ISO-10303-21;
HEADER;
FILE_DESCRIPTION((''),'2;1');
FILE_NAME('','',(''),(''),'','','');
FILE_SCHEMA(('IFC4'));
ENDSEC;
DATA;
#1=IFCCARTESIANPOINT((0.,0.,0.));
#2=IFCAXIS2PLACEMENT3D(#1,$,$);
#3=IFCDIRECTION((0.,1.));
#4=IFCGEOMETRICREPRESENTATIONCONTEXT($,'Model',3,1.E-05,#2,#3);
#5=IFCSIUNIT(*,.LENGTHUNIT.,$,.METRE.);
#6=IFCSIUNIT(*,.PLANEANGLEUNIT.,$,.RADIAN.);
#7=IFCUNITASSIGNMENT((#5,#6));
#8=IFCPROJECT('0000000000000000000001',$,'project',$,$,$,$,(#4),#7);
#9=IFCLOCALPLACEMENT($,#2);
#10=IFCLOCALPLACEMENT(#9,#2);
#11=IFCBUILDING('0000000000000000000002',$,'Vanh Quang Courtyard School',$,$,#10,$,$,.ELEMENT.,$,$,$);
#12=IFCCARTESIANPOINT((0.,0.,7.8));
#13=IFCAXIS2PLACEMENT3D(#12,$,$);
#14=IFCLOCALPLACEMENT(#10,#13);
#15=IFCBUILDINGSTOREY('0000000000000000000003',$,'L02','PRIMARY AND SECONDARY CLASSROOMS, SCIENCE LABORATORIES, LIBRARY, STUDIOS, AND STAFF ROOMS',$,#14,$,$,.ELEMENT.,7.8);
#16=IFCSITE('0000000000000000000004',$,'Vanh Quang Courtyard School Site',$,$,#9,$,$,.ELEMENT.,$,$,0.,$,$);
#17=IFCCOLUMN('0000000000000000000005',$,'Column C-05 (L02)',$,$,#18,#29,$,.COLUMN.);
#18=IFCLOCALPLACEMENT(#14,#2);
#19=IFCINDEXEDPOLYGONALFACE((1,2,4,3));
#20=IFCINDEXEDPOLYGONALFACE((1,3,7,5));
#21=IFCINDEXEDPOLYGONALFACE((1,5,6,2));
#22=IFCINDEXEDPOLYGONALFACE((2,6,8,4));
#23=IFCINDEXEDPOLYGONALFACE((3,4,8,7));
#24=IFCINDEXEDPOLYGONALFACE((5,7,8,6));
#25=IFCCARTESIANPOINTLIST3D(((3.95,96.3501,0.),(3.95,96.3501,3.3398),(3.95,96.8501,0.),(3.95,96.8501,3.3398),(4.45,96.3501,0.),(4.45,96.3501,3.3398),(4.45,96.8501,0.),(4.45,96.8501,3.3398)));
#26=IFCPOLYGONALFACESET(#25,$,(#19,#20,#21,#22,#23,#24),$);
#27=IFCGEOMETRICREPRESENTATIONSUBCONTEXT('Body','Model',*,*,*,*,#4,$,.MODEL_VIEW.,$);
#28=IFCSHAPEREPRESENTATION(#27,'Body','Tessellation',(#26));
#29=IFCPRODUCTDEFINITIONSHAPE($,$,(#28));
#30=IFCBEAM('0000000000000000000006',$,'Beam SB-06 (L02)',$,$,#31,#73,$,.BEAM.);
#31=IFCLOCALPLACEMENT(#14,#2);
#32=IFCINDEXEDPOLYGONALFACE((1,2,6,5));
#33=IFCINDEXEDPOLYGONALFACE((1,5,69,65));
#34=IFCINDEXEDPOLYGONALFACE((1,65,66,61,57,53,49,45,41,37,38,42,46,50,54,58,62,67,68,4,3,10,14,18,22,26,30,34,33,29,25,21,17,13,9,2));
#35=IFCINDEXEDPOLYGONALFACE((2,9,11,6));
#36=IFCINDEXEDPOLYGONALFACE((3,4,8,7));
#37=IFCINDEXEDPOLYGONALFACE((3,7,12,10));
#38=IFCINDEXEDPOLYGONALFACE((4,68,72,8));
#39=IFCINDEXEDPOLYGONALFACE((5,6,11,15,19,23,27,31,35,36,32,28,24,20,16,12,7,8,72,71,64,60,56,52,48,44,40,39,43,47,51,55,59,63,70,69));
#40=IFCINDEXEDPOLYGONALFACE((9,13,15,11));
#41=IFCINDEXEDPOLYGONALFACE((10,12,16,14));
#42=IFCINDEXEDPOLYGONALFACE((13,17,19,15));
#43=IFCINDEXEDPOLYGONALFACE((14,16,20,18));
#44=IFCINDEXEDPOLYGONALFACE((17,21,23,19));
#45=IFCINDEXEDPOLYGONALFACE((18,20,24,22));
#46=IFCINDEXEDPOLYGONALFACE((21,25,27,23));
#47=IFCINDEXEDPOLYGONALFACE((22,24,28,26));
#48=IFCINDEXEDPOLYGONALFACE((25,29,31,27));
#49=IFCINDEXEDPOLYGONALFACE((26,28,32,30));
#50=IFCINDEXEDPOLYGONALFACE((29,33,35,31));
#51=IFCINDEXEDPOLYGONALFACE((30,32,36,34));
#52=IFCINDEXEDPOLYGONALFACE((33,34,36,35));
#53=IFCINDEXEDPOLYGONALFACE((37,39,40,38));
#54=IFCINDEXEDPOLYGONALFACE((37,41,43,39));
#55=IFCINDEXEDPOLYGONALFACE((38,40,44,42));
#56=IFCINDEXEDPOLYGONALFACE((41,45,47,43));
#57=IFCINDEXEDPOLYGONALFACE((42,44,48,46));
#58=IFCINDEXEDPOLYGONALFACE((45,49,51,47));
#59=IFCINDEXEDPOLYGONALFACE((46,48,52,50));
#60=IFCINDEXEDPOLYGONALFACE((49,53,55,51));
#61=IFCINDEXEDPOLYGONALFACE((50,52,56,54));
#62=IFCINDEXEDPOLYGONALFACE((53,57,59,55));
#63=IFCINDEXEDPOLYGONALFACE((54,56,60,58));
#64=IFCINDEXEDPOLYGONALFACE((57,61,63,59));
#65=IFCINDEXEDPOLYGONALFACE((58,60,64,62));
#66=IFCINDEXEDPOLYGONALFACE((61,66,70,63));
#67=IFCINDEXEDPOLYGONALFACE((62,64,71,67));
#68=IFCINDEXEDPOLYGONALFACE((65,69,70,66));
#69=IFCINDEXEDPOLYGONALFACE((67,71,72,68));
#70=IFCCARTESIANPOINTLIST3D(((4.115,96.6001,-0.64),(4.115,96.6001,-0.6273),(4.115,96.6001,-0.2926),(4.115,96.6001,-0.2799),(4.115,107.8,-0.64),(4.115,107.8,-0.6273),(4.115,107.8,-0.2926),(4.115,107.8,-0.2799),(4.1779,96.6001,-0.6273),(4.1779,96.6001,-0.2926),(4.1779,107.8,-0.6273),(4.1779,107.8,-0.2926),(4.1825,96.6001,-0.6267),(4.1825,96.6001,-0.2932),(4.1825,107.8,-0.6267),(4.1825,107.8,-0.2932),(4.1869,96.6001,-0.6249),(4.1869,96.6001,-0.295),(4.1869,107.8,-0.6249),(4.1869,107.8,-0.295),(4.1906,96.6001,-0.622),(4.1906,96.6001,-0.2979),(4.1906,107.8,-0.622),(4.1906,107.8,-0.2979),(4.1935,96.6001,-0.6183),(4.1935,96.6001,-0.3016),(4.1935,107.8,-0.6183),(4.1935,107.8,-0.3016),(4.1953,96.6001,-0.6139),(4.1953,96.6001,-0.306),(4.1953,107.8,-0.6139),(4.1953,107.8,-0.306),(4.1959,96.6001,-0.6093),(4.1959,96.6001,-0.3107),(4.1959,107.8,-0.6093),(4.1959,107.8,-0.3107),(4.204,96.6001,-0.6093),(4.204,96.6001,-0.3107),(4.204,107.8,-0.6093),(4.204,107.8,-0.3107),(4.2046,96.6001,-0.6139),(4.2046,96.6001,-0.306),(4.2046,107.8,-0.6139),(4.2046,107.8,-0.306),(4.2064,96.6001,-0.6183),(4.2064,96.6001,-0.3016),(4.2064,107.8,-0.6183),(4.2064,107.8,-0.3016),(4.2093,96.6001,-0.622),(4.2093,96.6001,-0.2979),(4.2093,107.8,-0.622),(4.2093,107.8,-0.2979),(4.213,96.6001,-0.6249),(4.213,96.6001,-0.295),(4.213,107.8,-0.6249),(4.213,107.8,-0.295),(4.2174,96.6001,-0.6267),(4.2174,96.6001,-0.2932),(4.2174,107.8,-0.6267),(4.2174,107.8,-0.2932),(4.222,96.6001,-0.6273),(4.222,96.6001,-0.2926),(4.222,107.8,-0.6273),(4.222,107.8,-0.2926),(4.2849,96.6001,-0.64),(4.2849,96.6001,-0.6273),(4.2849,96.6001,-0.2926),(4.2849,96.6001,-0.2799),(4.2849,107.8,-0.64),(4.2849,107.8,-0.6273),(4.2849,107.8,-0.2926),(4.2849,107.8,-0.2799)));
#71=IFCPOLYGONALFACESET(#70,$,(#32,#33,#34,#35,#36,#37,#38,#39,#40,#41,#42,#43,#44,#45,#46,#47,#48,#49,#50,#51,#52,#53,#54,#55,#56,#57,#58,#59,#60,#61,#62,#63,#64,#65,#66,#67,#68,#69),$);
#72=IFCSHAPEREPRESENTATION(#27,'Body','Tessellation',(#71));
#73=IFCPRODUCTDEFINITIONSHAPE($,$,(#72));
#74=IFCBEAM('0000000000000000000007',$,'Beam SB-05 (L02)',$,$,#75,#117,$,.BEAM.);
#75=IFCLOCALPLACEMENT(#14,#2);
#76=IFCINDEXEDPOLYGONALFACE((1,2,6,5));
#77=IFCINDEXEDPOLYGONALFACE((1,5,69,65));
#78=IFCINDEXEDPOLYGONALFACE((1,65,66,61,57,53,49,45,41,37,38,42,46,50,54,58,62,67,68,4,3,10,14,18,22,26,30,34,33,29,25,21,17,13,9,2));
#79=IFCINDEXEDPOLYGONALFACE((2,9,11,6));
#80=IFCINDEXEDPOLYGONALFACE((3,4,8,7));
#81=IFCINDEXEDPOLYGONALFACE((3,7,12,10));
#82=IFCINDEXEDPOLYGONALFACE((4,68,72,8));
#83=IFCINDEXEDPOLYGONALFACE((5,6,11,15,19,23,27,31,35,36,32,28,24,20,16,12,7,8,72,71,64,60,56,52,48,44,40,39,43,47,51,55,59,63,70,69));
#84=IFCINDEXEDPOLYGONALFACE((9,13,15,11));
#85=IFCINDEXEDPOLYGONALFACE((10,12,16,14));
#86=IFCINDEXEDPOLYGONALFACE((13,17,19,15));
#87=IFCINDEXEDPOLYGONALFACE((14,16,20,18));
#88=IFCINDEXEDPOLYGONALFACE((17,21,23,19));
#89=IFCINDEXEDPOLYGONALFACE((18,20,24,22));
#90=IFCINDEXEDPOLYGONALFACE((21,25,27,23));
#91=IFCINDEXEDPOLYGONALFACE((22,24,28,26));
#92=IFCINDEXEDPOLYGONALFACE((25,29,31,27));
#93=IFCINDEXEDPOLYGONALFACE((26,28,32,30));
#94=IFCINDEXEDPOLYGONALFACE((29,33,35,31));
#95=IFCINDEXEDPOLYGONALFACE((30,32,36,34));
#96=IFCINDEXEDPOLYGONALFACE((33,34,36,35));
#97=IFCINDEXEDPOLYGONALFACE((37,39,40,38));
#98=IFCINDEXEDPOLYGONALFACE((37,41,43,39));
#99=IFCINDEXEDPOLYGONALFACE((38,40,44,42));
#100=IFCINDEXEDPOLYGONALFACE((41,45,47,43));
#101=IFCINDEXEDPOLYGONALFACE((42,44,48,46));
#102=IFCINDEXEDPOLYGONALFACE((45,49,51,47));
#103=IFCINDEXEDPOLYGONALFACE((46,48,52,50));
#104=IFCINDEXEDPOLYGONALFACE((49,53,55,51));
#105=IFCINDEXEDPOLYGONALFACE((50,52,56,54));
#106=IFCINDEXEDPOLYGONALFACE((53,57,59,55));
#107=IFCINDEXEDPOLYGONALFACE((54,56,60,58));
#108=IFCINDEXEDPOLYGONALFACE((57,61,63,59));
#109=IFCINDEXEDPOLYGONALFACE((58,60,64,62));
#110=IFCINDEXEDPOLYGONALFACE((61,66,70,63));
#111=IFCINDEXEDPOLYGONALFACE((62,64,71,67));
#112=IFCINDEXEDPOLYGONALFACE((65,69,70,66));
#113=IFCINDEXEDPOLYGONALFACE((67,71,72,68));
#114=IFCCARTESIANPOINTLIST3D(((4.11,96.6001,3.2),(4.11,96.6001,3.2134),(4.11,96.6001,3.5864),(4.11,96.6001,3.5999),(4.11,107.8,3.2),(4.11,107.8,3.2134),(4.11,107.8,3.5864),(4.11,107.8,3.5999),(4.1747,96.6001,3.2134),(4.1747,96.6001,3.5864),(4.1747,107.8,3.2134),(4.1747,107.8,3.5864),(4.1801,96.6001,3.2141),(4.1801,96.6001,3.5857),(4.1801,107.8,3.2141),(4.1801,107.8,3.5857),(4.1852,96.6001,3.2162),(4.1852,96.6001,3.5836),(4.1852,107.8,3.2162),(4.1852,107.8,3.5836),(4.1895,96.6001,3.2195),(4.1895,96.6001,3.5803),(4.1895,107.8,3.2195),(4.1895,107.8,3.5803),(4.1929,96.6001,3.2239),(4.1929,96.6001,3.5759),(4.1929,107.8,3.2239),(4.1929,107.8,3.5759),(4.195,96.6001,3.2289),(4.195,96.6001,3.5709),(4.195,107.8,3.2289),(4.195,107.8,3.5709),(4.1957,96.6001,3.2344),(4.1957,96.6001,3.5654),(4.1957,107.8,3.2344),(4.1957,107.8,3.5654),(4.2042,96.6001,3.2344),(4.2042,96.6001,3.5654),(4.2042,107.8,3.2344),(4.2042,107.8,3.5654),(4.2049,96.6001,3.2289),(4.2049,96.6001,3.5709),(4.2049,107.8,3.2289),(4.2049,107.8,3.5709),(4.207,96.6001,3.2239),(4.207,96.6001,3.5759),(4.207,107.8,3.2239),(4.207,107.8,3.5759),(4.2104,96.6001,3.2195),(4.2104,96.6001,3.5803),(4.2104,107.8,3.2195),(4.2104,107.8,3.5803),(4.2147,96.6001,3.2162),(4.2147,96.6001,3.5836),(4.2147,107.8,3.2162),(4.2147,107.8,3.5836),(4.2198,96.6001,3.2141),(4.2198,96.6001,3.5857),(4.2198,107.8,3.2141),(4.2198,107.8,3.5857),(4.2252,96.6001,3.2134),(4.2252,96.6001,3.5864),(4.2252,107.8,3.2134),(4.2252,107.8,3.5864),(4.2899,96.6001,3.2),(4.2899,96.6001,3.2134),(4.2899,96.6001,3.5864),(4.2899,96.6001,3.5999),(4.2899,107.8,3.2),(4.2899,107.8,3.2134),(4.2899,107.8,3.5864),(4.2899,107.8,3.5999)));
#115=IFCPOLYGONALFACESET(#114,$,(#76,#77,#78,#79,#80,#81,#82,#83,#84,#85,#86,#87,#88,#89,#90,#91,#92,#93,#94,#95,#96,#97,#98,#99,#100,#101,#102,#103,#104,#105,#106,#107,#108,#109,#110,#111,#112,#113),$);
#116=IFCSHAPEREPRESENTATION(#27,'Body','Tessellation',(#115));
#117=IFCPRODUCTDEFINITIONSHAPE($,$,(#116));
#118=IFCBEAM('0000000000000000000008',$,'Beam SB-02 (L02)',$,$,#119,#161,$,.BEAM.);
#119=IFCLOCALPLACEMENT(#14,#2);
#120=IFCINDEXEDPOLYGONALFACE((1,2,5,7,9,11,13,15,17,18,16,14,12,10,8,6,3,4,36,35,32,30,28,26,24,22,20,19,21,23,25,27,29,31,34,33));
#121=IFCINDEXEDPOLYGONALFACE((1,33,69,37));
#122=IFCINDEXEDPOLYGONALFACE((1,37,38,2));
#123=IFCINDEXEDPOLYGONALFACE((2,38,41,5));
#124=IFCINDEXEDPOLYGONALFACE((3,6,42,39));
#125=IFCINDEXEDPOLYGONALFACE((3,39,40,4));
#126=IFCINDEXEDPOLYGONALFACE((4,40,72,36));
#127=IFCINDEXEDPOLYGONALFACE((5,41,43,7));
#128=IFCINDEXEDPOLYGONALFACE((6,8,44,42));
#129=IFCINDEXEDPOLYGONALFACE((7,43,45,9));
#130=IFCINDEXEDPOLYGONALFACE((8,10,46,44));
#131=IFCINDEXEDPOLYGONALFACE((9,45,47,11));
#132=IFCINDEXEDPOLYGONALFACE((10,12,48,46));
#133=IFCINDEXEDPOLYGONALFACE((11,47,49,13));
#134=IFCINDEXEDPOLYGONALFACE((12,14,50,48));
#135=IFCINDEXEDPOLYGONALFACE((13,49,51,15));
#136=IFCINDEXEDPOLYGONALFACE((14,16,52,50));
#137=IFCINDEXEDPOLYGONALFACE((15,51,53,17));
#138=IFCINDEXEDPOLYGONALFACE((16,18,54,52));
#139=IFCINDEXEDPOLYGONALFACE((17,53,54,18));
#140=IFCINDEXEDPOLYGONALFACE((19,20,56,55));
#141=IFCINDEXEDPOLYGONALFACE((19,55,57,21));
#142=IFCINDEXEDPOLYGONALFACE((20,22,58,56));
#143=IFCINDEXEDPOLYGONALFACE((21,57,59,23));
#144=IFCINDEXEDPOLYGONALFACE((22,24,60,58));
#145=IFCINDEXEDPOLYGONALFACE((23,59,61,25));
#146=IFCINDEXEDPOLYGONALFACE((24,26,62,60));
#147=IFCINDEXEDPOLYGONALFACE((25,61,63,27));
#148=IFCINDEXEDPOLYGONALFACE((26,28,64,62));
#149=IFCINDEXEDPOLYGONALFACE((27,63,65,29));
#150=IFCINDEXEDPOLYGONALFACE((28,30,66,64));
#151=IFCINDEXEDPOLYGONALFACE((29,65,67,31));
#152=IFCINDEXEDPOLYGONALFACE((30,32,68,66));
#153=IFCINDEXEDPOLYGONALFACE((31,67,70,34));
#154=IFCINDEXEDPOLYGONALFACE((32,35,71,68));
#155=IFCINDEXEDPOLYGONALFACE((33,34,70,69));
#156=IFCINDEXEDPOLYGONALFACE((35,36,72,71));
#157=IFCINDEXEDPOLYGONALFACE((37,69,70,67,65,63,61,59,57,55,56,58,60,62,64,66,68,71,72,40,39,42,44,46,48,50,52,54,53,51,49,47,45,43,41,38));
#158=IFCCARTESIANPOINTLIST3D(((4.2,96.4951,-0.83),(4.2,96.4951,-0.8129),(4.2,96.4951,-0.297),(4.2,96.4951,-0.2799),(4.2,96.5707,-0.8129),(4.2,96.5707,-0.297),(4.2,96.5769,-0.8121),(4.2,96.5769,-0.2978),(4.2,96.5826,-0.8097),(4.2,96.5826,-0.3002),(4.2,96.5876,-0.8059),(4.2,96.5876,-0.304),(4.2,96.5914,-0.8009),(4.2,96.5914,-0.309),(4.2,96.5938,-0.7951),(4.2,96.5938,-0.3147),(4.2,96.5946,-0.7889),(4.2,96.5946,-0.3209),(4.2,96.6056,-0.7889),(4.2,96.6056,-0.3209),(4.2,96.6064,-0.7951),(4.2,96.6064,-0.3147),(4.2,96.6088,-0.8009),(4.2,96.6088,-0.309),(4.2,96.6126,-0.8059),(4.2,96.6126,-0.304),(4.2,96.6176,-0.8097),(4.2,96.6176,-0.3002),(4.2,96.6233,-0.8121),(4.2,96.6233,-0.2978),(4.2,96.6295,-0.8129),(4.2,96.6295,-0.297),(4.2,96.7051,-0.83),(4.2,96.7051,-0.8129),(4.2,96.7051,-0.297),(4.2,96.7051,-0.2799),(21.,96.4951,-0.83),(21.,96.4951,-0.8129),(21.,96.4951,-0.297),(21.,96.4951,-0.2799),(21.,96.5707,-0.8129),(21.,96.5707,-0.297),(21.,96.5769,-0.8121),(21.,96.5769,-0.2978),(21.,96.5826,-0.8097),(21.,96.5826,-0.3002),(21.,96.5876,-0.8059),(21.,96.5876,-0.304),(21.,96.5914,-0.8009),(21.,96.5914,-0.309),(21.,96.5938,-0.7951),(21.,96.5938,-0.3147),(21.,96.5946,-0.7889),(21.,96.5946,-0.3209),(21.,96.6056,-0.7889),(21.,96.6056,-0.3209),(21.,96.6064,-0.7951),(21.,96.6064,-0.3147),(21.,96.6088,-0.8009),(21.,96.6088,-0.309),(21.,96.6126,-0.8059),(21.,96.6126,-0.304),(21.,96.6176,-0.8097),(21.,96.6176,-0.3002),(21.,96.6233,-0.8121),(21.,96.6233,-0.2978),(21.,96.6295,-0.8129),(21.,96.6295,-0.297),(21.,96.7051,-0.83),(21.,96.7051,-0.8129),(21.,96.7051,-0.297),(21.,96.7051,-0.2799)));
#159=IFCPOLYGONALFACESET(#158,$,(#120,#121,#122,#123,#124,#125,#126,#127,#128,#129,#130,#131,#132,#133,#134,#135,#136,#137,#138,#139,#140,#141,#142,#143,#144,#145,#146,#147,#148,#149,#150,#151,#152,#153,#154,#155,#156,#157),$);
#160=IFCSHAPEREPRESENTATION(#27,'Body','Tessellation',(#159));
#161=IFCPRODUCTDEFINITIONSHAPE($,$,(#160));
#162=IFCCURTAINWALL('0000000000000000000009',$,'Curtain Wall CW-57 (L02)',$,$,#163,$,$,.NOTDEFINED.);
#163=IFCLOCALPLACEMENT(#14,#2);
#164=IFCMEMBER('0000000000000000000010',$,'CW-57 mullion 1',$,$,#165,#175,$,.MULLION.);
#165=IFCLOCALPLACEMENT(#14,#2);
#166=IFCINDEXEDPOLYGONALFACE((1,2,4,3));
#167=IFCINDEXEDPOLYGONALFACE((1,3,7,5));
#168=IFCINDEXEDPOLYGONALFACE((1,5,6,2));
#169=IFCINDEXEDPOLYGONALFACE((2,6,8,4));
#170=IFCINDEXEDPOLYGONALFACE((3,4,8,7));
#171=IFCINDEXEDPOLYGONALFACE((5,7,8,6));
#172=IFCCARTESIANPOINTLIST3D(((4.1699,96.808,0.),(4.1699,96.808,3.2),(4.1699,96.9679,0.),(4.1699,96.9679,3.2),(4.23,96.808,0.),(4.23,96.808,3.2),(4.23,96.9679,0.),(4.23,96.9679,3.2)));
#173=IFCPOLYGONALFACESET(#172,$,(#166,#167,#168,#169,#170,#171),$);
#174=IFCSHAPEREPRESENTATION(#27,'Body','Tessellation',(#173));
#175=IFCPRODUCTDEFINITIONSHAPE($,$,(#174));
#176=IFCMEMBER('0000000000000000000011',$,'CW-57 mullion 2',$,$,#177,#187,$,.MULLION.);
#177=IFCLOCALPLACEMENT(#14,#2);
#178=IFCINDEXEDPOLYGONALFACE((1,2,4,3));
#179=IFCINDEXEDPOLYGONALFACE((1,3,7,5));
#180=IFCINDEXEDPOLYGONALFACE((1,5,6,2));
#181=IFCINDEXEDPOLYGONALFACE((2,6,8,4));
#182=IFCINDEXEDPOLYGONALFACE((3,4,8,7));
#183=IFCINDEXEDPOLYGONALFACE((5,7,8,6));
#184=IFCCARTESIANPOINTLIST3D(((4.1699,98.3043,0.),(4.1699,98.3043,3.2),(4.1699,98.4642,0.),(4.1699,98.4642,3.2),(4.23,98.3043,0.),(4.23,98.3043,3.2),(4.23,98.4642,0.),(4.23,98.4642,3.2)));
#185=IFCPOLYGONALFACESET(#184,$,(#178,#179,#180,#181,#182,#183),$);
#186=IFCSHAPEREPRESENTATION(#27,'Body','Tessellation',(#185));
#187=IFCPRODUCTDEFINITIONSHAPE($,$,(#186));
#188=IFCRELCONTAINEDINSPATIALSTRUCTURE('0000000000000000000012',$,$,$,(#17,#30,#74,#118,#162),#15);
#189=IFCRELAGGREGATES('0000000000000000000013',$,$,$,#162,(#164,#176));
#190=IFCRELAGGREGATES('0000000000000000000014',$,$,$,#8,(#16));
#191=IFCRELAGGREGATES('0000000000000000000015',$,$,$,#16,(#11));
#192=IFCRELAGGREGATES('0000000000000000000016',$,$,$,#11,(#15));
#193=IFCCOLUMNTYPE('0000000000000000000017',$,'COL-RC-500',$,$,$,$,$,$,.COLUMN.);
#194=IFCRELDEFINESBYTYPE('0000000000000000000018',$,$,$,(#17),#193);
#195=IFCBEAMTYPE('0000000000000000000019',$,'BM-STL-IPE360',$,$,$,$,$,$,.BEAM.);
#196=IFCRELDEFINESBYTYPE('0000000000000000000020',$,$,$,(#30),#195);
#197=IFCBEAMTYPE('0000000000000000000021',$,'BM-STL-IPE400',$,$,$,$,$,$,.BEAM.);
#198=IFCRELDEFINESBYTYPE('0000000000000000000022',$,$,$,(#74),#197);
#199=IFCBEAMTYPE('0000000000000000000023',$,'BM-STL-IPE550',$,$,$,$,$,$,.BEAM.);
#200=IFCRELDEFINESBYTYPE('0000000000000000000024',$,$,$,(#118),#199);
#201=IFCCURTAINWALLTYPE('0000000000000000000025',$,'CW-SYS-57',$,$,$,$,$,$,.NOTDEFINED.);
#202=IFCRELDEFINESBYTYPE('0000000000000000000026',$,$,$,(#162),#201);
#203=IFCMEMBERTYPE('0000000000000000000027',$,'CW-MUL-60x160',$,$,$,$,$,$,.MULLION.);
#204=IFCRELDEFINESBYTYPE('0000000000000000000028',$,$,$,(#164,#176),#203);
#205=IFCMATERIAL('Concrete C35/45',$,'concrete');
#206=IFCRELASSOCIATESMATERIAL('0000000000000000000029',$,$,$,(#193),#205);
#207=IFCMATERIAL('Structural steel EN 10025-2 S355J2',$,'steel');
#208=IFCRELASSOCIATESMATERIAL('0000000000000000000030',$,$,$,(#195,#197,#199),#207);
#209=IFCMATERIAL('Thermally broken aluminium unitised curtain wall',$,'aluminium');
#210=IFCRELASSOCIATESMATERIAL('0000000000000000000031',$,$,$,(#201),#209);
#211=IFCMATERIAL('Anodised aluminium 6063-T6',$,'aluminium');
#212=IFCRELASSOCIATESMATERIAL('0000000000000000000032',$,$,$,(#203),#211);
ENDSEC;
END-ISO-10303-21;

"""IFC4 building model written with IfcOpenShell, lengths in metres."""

from ifc_helpers import new_model, si_unit, direction, frame, origin, origin_2d, place, context, subcontext, project, spatial, rectangle, i_section, extrude, material, material_profile, profile_set, type_object, element, aggregate, save


model = new_model("IFC4")

# Units and contexts
model_context = context("Model", 3, precision=1e-05, world=origin(), true_north=direction((0.0, 1.0)))
body_context = subcontext(model_context, "Body", "Model", "MODEL_VIEW")
ifc_project = project(units=[si_unit("LENGTHUNIT", "METRE"), si_unit("PLANEANGLEUNIT", "RADIAN")], contexts=[model_context])

# Site, building, storey
site_placement = place(None, origin())
site = spatial("IfcSite", under=ifc_project, at=site_placement, Name="Vanh Quang Courtyard School Site", CompositionType="ELEMENT", RefElevation=0.0)
building_placement = place(site_placement, origin())
building = spatial("IfcBuilding", under=site, at=building_placement, Name="Vanh Quang Courtyard School", CompositionType="ELEMENT")
storey_placement = place(building_placement, frame((0.0, 0.0, 7.8)))
storey = spatial("IfcBuildingStorey", under=building, at=storey_placement, Name="L02", Description="PRIMARY AND SECONDARY CLASSROOMS, SCIENCE LABORATORIES, LIBRARY, STUDIOS, AND STAFF ROOMS", CompositionType="ELEMENT", Elevation=7.8)

# Column
ifc_material_1 = material(Name="Concrete C35/45", Category="concrete")
ifc_material_profile_1 = material_profile(ifc_material_1, rectangle(XDim=0.5, YDim=0.5, at=origin_2d()), Name="RC-COL 500x500")
ifc_profile_set_1 = profile_set([ifc_material_profile_1], Name="Concrete C35/45")
column_type = type_object("IfcColumnType", Name="COL-RC-500", PredefinedType="COLUMN", material=ifc_profile_set_1)
column_placement = place(storey_placement, frame((4.2, 96.6001, 0.0), z_axis=(0.0, 0.0, 1.0), x_axis=(1.0, 0.0, 0.0)))
element("IfcColumn", 1, at=column_placement, inside=storey, type_object=column_type, Name="Column C-05 (L02)", PredefinedType="COLUMN", context=body_context, shape_type="SweptSolid", body=[
    extrude(rectangle(XDim=0.5, YDim=0.5, at=origin_2d()), origin(), (0.0, 0.0, 1.0), 3.3398),
])

# Beams
ifc_material_2 = material(Name="Structural steel EN 10025-2 S355J2", Category="steel")
ifc_material_profile_2 = material_profile(ifc_material_2, i_section(OverallWidth=0.1699, OverallDepth=0.3601, WebThickness=0.0081, FlangeThickness=0.0127, FilletRadius=0.0181, at=origin_2d()), Name="IPE 360")
ifc_profile_set_2 = profile_set([ifc_material_profile_2], Name="Structural steel EN 10025-2 S355J2")
beam_type_1 = type_object("IfcBeamType", Name="BM-STL-IPE360", PredefinedType="BEAM", material=ifc_profile_set_2)
beam_1_placement = place(storey_placement, frame((4.2, 96.6001, -0.46), z_axis=(0.0, 1.0, 0.0), x_axis=(-1.0, 0.0, 0.0)))
element("IfcBeam", 2, at=beam_1_placement, inside=storey, type_object=beam_type_1, Name="Beam SB-06 (L02)", PredefinedType="BEAM", context=body_context, shape_type="SweptSolid", body=[
    extrude(i_section(OverallWidth=0.1699, OverallDepth=0.3601, WebThickness=0.0081, FlangeThickness=0.0127, FilletRadius=0.0181, at=origin_2d()), origin(), (0.0, 0.0, 1.0), 11.2),
])
ifc_material_profile_3 = material_profile(ifc_material_2, i_section(OverallWidth=0.1799, OverallDepth=0.3999, WebThickness=0.0085, FlangeThickness=0.0134, FilletRadius=0.021, at=origin_2d()), Name="IPE 400")
ifc_profile_set_3 = profile_set([ifc_material_profile_3], Name="Structural steel EN 10025-2 S355J2")
beam_type_2 = type_object("IfcBeamType", Name="BM-STL-IPE400", PredefinedType="BEAM", material=ifc_profile_set_3)
beam_2_placement = place(storey_placement, frame((4.2, 96.6001, 3.3999), z_axis=(0.0, 1.0, 0.0), x_axis=(-1.0, 0.0, 0.0)))
element("IfcBeam", 3, at=beam_2_placement, inside=storey, type_object=beam_type_2, Name="Beam SB-05 (L02)", PredefinedType="BEAM", context=body_context, shape_type="SweptSolid", body=[
    extrude(i_section(OverallWidth=0.1799, OverallDepth=0.3999, WebThickness=0.0085, FlangeThickness=0.0134, FilletRadius=0.021, at=origin_2d()), origin(), (0.0, 0.0, 1.0), 11.2),
])
ifc_material_profile_4 = material_profile(ifc_material_2, i_section(OverallWidth=0.21, OverallDepth=0.55, WebThickness=0.011, FlangeThickness=0.0171, FilletRadius=0.0239, at=origin_2d()), Name="IPE 550")
ifc_profile_set_4 = profile_set([ifc_material_profile_4], Name="Structural steel EN 10025-2 S355J2")
beam_type_3 = type_object("IfcBeamType", Name="BM-STL-IPE550", PredefinedType="BEAM", material=ifc_profile_set_4)
beam_3_placement = place(storey_placement, frame((4.2, 96.6001, -0.5549), z_axis=(1.0, 0.0, 0.0), x_axis=(0.0, 1.0, 0.0)))
element("IfcBeam", 4, at=beam_3_placement, inside=storey, type_object=beam_type_3, Name="Beam SB-02 (L02)", PredefinedType="BEAM", context=body_context, shape_type="SweptSolid", body=[
    extrude(i_section(OverallWidth=0.21, OverallDepth=0.55, WebThickness=0.011, FlangeThickness=0.0171, FilletRadius=0.0239, at=origin_2d()), origin(), (0.0, 0.0, 1.0), 16.8),
])

# Curtain wall, members
ifc_material_3 = material(Name="Thermally broken aluminium unitised curtain wall", Category="aluminium")
curtain_wall_type = type_object("IfcCurtainWallType", Name="CW-SYS-57", PredefinedType="NOTDEFINED", material=ifc_material_3)
curtain_wall_placement = place(storey_placement, origin())
curtain_wall = element("IfcCurtainWall", 5, at=curtain_wall_placement, inside=storey, type_object=curtain_wall_type, Name="Curtain Wall CW-57 (L02)", PredefinedType="NOTDEFINED")
ifc_material_4 = material(Name="Anodised aluminium 6063-T6", Category="aluminium")
ifc_material_profile_5 = material_profile(ifc_material_4, rectangle(XDim=0.0601, YDim=0.1599, at=origin_2d()), Name="ALU-MUL 60x160")
ifc_profile_set_5 = profile_set([ifc_material_profile_5], Name="Anodised aluminium 6063-T6")
member_type_1 = type_object("IfcMemberType", Name="CW-MUL-60x160", PredefinedType="MULLION", material=ifc_profile_set_5)
member_1_placement = place(storey_placement, frame((4.2, 96.8879, 0.0), z_axis=(0.0, 0.0, 1.0), x_axis=(-1.0, 0.0, 0.0)))
member_1 = element("IfcMember", 6, at=member_1_placement, type_object=member_type_1, Name="CW-57 mullion 1", PredefinedType="MULLION", context=body_context, shape_type="SweptSolid", body=[
    extrude(rectangle(XDim=0.0601, YDim=0.1599, at=origin_2d()), origin(), (0.0, 0.0, 1.0), 3.2),
])
member_2_placement = place(storey_placement, frame((4.2, 98.3843, 0.0), z_axis=(0.0, 0.0, 1.0), x_axis=(-1.0, 0.0, 0.0)))
member_2 = element("IfcMember", 7, at=member_2_placement, type_object=member_type_1, Name="CW-57 mullion 2", PredefinedType="MULLION", context=body_context, shape_type="SweptSolid", body=[
    extrude(rectangle(XDim=0.0601, YDim=0.1599, at=origin_2d()), origin(), (0.0, 0.0, 1.0), 3.2),
])
aggregate(curtain_wall, [member_1, member_2])

save(model, "model.ifc")
